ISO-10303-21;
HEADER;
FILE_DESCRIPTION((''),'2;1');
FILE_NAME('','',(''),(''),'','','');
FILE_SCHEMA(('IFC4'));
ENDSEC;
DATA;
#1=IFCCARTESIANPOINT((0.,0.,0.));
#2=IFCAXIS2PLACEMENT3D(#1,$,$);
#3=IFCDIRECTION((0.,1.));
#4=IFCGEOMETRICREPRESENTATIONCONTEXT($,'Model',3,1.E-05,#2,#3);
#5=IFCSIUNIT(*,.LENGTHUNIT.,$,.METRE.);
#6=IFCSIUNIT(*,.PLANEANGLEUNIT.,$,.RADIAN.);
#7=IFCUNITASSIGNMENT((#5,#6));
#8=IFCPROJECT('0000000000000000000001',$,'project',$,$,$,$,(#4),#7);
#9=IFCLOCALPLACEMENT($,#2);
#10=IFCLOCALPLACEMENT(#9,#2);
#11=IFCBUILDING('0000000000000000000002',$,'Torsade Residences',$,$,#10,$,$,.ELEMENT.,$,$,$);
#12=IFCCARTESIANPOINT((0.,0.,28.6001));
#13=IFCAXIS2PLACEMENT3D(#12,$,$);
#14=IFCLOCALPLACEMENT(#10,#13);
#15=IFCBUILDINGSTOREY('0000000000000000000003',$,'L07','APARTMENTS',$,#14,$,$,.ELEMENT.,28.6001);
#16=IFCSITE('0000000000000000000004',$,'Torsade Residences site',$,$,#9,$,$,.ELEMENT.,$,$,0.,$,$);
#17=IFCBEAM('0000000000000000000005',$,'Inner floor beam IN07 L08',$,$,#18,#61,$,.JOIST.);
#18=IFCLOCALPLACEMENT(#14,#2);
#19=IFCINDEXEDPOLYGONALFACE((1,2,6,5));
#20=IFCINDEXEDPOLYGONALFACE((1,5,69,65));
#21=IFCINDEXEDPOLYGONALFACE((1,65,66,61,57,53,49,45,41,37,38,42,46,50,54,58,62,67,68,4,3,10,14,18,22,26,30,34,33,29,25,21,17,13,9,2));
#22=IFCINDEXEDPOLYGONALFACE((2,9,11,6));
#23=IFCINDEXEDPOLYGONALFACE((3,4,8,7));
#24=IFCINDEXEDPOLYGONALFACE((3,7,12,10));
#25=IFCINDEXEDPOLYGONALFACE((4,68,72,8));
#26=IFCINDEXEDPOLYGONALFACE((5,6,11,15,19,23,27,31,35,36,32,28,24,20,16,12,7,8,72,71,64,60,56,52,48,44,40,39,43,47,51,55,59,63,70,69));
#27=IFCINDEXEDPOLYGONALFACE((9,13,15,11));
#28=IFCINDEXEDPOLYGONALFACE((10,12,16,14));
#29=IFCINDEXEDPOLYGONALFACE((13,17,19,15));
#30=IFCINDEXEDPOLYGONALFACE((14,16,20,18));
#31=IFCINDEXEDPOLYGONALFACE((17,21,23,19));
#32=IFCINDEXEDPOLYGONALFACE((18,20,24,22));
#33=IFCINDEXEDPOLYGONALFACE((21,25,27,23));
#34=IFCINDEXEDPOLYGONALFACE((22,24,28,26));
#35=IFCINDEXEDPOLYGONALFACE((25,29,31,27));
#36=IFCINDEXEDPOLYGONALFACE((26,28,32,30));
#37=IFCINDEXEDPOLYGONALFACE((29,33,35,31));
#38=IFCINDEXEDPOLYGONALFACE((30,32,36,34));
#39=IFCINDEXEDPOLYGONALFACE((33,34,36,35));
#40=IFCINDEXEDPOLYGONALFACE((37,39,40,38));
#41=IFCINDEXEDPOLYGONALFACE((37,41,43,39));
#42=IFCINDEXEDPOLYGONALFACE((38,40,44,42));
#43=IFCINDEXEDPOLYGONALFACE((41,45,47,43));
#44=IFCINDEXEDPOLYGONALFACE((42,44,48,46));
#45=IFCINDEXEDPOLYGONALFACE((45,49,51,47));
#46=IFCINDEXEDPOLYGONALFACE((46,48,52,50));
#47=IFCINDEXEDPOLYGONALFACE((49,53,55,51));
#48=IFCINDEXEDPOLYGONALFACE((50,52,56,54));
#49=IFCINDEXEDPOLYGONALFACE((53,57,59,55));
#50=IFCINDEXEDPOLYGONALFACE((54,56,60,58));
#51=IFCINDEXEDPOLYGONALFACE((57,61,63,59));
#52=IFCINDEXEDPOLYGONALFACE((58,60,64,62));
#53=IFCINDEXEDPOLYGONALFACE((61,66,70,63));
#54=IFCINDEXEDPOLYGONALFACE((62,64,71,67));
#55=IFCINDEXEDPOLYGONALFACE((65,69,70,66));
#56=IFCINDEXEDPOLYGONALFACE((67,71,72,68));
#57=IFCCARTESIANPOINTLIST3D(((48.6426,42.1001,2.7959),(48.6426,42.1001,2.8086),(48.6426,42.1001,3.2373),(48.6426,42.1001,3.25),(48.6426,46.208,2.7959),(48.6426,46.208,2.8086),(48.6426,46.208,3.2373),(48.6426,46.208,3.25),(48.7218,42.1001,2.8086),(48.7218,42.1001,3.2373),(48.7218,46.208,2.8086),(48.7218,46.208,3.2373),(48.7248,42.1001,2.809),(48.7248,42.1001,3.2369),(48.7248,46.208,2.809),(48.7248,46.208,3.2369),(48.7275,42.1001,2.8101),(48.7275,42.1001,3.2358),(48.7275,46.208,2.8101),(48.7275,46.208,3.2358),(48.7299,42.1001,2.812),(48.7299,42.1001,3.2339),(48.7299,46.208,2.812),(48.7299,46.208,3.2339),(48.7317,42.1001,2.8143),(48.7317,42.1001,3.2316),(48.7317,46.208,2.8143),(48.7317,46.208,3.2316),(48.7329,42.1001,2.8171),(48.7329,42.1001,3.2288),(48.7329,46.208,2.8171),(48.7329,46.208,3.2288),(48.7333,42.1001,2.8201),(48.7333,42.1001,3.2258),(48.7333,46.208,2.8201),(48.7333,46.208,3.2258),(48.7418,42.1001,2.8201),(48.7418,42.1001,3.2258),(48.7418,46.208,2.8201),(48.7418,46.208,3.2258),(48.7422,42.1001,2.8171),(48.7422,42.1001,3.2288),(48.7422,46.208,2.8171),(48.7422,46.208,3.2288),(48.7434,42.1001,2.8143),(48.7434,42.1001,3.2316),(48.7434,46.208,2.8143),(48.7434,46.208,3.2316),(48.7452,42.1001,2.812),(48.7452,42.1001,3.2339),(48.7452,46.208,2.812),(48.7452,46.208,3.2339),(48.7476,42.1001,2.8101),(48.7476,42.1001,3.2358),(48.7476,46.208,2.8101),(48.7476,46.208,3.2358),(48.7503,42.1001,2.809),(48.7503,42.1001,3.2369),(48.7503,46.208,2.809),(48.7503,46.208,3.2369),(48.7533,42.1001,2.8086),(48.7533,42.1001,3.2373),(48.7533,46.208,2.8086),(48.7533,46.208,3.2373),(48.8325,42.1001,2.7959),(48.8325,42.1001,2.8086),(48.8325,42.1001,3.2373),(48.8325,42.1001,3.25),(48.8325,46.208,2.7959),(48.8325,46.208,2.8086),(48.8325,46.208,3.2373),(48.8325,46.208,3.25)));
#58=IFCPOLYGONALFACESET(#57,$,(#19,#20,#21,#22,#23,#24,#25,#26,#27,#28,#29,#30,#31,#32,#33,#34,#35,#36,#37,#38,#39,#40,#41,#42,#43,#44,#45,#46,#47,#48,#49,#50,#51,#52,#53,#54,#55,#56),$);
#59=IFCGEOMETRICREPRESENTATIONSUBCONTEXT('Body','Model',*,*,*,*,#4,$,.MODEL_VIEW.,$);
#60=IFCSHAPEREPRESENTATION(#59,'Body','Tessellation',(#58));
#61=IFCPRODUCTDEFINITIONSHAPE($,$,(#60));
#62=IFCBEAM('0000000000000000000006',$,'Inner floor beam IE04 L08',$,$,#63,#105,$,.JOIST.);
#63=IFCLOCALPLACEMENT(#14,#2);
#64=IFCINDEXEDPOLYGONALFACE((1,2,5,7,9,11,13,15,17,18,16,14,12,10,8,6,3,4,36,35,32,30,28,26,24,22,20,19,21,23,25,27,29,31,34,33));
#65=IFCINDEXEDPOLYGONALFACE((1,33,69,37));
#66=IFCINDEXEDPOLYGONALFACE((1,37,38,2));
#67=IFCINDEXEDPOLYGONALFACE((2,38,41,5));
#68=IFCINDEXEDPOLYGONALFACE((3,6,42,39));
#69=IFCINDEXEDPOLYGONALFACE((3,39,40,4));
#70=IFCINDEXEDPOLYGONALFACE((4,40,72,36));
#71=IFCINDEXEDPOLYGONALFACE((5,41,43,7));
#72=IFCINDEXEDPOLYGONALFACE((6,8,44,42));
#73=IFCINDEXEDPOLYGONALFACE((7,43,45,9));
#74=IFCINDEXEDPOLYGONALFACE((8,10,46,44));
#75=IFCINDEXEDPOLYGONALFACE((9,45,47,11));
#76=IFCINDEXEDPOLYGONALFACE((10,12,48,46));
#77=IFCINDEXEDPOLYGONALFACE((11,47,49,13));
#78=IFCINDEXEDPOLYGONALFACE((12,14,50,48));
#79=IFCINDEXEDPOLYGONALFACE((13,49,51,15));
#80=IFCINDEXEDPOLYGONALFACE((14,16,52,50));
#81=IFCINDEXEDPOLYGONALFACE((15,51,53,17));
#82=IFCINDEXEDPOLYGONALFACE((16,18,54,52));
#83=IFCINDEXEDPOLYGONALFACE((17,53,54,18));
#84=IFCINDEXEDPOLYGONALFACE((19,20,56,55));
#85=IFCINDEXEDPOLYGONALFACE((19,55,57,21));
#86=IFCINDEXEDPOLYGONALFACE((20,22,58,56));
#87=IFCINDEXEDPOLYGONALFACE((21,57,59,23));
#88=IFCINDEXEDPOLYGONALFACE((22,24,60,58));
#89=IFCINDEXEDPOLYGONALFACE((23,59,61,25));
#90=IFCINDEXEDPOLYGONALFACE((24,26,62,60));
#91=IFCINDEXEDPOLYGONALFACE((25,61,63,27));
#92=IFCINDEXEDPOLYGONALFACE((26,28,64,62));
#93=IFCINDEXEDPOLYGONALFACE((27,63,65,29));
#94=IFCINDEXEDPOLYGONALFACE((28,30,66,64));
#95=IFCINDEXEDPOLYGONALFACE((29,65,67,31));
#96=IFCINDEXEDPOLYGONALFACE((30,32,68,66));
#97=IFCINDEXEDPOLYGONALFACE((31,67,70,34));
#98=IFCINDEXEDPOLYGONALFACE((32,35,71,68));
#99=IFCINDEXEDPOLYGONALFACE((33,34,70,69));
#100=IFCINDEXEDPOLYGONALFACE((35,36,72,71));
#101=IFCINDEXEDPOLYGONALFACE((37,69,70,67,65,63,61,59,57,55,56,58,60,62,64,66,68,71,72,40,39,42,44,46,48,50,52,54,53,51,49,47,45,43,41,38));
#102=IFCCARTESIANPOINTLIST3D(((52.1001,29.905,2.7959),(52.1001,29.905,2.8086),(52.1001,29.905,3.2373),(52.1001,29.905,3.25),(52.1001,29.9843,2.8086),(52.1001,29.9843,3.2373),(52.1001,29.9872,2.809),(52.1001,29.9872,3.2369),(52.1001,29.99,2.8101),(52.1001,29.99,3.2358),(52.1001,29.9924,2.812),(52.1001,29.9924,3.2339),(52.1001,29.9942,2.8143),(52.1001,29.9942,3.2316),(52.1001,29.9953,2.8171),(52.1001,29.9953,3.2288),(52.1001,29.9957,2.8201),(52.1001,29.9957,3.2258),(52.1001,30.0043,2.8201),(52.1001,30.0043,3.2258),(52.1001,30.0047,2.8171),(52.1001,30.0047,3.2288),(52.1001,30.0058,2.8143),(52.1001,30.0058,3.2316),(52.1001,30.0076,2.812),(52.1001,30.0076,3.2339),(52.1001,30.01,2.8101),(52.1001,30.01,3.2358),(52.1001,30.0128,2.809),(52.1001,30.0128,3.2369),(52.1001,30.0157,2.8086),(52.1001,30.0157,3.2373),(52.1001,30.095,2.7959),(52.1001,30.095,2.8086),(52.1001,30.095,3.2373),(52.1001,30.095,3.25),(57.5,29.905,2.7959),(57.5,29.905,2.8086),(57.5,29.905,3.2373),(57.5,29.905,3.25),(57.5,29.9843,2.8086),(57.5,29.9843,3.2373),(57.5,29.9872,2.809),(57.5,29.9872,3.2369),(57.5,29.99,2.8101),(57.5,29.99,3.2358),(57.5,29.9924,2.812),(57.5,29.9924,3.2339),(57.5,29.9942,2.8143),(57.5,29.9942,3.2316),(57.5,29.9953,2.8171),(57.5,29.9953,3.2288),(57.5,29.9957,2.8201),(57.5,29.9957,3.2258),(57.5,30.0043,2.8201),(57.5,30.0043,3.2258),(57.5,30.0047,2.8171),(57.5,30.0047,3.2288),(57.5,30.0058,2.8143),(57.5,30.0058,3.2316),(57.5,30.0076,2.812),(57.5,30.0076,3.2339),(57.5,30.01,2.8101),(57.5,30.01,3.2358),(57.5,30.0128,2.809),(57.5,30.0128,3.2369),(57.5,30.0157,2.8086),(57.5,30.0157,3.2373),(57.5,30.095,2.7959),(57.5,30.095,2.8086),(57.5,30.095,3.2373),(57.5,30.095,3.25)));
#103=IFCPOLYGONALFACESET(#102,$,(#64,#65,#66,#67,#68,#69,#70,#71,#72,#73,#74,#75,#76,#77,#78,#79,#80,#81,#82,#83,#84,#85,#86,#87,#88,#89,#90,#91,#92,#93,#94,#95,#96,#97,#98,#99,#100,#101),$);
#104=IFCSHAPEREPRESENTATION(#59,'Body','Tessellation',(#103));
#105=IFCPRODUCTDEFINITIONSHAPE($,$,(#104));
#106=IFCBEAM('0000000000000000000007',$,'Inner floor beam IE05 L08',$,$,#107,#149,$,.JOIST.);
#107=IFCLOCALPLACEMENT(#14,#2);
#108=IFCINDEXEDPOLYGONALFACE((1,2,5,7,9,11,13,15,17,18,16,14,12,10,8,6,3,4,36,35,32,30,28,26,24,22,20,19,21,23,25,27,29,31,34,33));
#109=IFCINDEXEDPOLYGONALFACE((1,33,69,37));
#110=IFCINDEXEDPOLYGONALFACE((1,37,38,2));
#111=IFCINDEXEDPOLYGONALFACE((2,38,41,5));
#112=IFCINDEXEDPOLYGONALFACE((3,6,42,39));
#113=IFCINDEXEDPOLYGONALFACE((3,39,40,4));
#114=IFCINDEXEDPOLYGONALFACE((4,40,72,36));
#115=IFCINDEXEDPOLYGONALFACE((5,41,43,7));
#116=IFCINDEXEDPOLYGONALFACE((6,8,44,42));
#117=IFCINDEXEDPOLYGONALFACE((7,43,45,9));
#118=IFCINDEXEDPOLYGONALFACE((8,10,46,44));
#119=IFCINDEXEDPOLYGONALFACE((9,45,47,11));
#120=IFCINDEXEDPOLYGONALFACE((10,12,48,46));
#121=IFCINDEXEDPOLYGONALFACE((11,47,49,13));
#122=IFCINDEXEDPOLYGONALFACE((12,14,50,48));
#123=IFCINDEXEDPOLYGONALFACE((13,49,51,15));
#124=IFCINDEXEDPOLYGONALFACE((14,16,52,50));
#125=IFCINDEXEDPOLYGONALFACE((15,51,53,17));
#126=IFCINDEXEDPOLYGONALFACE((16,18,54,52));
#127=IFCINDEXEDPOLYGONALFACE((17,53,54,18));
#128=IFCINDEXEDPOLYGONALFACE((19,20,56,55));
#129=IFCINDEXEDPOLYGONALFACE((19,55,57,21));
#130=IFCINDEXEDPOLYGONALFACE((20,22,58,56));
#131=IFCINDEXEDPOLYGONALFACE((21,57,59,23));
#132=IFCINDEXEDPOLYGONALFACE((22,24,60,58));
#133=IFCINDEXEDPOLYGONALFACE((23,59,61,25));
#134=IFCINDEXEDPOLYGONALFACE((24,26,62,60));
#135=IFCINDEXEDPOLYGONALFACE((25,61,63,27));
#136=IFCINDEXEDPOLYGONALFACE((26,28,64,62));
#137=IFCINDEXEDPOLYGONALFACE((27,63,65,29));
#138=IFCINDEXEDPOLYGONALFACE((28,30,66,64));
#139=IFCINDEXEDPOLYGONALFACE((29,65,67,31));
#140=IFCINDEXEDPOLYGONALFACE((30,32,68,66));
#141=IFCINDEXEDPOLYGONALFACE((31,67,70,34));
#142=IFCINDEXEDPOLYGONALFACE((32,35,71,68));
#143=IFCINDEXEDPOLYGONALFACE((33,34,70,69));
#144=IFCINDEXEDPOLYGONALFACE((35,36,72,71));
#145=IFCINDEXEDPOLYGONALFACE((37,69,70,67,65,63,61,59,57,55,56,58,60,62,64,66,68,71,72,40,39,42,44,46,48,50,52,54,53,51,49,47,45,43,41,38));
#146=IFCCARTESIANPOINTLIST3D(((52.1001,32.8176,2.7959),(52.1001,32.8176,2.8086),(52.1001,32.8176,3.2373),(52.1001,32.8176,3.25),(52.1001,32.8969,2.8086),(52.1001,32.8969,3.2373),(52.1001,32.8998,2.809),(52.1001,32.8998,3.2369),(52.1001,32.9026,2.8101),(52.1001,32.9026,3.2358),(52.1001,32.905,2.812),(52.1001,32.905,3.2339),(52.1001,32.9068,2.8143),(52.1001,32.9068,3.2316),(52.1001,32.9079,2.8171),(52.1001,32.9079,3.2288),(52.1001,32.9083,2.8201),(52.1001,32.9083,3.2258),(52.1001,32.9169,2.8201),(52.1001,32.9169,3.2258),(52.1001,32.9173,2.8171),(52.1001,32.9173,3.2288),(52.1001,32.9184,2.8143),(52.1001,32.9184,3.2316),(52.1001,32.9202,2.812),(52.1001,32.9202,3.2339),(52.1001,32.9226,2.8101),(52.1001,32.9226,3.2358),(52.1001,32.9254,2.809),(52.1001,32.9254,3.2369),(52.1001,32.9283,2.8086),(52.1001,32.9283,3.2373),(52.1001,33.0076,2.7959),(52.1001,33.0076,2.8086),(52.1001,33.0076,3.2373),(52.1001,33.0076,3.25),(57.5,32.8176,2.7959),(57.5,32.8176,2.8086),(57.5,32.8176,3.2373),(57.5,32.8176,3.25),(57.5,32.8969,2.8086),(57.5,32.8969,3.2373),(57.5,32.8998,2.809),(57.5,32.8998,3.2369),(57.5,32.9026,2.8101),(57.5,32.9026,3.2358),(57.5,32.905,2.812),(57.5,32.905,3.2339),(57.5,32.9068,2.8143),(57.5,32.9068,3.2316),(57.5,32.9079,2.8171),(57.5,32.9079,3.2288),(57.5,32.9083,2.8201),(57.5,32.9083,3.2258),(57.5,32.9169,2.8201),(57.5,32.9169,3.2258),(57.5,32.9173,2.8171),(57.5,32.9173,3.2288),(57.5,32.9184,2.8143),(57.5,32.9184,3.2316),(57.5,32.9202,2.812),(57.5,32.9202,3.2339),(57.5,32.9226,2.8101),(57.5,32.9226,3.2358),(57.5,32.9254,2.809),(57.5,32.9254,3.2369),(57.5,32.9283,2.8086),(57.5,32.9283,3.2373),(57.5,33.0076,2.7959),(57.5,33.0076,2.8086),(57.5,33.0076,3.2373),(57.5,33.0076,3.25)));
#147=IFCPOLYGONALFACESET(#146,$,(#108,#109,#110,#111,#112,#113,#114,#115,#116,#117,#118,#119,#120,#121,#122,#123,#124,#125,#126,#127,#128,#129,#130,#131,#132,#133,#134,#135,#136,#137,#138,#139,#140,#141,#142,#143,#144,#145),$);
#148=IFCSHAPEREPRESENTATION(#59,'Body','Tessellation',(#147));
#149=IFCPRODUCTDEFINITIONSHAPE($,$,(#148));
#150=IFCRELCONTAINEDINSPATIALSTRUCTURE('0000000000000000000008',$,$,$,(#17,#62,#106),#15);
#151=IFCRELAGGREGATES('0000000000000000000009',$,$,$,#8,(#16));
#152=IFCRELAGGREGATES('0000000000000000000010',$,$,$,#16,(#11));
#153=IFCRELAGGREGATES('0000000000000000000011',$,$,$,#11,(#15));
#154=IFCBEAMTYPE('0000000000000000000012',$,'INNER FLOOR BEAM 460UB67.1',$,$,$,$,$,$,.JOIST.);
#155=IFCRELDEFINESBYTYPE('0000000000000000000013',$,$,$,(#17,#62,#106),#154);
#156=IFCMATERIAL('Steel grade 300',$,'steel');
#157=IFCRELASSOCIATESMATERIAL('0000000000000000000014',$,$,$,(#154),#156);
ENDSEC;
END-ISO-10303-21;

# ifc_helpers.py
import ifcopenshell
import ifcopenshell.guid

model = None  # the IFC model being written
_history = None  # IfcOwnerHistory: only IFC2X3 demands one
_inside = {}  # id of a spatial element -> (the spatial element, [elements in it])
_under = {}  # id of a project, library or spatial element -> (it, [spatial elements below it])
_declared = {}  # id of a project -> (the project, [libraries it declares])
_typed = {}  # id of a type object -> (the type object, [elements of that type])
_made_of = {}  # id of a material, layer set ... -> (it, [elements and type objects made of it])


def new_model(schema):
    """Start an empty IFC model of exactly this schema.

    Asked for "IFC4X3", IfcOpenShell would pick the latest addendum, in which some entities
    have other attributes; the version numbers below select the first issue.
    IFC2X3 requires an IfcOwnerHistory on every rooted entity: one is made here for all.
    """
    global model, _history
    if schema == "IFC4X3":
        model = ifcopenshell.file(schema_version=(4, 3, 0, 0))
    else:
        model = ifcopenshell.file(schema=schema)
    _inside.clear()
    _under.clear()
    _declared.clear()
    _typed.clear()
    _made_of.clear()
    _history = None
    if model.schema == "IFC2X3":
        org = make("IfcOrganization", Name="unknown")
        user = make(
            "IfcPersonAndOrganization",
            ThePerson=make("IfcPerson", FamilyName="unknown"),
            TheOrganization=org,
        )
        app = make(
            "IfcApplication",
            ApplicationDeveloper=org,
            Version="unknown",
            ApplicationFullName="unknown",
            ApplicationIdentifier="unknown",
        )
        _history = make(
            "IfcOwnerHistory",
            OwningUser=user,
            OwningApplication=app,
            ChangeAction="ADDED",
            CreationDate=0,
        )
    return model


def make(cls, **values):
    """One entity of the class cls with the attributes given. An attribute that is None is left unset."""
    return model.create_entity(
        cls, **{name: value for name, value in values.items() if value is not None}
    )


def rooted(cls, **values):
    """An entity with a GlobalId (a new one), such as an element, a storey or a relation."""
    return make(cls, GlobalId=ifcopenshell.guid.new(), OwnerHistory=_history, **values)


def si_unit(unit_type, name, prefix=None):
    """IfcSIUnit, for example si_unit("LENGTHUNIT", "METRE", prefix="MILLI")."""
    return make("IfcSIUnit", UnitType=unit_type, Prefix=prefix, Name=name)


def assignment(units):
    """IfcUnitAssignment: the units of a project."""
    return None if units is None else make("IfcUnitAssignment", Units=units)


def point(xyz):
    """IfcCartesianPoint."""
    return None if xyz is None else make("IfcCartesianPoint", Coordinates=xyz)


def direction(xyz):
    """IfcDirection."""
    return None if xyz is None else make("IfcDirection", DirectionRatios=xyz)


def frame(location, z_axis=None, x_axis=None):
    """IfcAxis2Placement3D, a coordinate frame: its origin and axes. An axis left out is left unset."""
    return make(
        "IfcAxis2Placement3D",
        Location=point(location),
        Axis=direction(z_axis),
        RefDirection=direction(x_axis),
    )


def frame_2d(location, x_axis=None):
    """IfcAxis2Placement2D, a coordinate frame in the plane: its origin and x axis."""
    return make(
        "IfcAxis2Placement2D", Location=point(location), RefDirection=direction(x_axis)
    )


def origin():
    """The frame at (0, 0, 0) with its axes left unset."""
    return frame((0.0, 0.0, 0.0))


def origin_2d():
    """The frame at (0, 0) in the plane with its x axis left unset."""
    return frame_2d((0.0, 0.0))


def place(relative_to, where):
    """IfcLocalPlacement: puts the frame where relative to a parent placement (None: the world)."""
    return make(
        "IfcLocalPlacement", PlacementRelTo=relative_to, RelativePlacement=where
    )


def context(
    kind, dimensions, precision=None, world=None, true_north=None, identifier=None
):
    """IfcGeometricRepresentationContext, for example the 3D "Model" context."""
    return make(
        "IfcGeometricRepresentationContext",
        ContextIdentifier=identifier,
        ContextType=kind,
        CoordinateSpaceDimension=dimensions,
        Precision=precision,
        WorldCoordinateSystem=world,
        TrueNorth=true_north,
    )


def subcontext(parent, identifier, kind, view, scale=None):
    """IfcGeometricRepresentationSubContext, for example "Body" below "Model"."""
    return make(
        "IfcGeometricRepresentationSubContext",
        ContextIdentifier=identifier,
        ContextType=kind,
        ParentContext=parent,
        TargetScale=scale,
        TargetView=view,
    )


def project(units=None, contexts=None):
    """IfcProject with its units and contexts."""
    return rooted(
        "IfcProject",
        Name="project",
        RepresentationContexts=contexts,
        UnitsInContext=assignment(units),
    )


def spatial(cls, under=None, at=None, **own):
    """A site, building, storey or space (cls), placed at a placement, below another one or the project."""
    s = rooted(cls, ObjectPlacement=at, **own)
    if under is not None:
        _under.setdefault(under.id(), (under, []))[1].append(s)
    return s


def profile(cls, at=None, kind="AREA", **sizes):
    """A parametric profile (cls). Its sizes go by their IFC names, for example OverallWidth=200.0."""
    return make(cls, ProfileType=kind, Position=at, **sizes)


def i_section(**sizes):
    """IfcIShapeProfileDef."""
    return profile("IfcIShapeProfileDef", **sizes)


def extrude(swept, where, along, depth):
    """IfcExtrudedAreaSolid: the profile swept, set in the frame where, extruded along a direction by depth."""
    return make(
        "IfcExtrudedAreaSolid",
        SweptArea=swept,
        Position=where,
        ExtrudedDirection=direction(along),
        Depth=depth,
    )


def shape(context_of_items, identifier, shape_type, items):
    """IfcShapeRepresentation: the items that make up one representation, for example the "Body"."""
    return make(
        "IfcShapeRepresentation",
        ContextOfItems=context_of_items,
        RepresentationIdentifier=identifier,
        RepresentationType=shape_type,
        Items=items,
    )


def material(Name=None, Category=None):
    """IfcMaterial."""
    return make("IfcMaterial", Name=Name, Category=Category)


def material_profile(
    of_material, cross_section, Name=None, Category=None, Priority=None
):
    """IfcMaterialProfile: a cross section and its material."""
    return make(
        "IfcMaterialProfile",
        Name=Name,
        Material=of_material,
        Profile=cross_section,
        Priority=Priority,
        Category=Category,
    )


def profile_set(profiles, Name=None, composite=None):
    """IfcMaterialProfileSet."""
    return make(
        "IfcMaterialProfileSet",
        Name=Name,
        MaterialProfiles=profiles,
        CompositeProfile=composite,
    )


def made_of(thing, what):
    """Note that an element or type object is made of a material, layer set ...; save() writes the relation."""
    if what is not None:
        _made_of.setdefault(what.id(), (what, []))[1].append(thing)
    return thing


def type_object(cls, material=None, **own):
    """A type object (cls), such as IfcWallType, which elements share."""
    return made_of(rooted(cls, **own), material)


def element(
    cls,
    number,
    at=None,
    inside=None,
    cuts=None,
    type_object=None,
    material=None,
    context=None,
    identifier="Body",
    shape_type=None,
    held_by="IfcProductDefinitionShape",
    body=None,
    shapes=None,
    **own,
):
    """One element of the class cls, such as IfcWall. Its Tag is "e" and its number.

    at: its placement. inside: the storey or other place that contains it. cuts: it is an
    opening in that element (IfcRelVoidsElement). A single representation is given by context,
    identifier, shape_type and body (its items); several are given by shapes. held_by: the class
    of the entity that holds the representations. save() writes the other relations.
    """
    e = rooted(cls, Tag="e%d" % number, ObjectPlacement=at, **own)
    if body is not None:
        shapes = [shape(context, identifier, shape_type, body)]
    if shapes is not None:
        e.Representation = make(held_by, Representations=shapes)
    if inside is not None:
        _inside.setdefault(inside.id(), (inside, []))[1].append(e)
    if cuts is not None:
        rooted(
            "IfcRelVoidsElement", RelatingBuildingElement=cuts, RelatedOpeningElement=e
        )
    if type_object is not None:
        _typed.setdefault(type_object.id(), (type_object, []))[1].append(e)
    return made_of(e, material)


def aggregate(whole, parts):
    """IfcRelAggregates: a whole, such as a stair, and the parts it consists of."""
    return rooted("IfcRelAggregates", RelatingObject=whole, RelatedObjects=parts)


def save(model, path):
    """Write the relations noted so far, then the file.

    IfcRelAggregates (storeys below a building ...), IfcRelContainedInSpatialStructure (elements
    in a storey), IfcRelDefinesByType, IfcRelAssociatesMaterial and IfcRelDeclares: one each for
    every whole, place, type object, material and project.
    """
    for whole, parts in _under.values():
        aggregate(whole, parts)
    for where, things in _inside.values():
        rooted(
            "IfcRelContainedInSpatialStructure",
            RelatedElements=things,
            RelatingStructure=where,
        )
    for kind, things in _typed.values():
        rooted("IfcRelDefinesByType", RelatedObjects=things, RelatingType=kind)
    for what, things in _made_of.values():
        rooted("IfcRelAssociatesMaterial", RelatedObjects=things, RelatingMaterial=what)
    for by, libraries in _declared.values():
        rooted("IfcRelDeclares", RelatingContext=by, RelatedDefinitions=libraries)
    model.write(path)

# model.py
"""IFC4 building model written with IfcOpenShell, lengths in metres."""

from ifc_helpers import new_model, si_unit, direction, frame, origin, origin_2d, place, context, subcontext, project, spatial, i_section, extrude, material, material_profile, profile_set, type_object, element, save


model = new_model("IFC4")

# Units and contexts
model_context = context("Model", 3, precision=1e-05, world=origin(), true_north=direction((0.0, 1.0)))
body_context = subcontext(model_context, "Body", "Model", "MODEL_VIEW")
ifc_project = project(units=[si_unit("LENGTHUNIT", "METRE"), si_unit("PLANEANGLEUNIT", "RADIAN")], contexts=[model_context])

# Site, building, storey
site_placement = place(None, origin())
site = spatial("IfcSite", under=ifc_project, at=site_placement, Name="Torsade Residences site", CompositionType="ELEMENT", RefElevation=0.0)
building_placement = place(site_placement, origin())
building = spatial("IfcBuilding", under=site, at=building_placement, Name="Torsade Residences", CompositionType="ELEMENT")
storey_placement = place(building_placement, frame((0.0, 0.0, 28.6001)))
storey = spatial("IfcBuildingStorey", under=building, at=storey_placement, Name="L07", Description="APARTMENTS", CompositionType="ELEMENT", Elevation=28.6001)

# Beams
ifc_material_1 = material(Name="Steel grade 300", Category="steel")
ifc_material_profile_1 = material_profile(ifc_material_1, i_section(OverallWidth=0.1899, OverallDepth=0.4541, WebThickness=0.0085, FlangeThickness=0.0127, FilletRadius=0.0115, at=origin_2d()), Name="460UB67.1")
ifc_profile_set_1 = profile_set([ifc_material_profile_1], Name="Steel grade 300")
beam_type = type_object("IfcBeamType", Name="INNER FLOOR BEAM 460UB67.1", PredefinedType="JOIST", material=ifc_profile_set_1)
beam_1_placement = place(storey_placement, frame((48.7375, 42.1001, 3.0229), z_axis=(0.0, 1.0, 0.0), x_axis=(-1.0, 0.0, 0.0)))
element("IfcBeam", 1, at=beam_1_placement, inside=storey, type_object=beam_type, Name="Inner floor beam IN07 L08", PredefinedType="JOIST", context=body_context, shape_type="SweptSolid", body=[
    extrude(i_section(OverallWidth=0.1899, OverallDepth=0.4541, WebThickness=0.0085, FlangeThickness=0.0127, FilletRadius=0.0115, at=origin_2d()), origin(), (0.0, 0.0, 1.0), 4.1079),
])
for number, where, z_axis, x_axis, name in (
    (2, (52.1001, 30.0, 3.0229), (1.0, 0.0, 0.0), (0.0, 1.0, 0.0), "Inner floor beam IE04 L08"),
    (3, (52.1001, 32.9126, 3.0229), (1.0, 0.0, 0.0), (0.0, 1.0, 0.0), "Inner floor beam IE05 L08"),
):
    element("IfcBeam", number, at=place(storey_placement, frame(where, z_axis=z_axis, x_axis=x_axis)), inside=storey, type_object=beam_type, Name=name, PredefinedType="JOIST", context=body_context, shape_type="SweptSolid", body=[
        extrude(i_section(OverallWidth=0.1899, OverallDepth=0.4541, WebThickness=0.0085, FlangeThickness=0.0127, FilletRadius=0.0115, at=origin_2d()), origin(), (0.0, 0.0, 1.0), 5.3999),
    ])

save(model, "model.ifc")
